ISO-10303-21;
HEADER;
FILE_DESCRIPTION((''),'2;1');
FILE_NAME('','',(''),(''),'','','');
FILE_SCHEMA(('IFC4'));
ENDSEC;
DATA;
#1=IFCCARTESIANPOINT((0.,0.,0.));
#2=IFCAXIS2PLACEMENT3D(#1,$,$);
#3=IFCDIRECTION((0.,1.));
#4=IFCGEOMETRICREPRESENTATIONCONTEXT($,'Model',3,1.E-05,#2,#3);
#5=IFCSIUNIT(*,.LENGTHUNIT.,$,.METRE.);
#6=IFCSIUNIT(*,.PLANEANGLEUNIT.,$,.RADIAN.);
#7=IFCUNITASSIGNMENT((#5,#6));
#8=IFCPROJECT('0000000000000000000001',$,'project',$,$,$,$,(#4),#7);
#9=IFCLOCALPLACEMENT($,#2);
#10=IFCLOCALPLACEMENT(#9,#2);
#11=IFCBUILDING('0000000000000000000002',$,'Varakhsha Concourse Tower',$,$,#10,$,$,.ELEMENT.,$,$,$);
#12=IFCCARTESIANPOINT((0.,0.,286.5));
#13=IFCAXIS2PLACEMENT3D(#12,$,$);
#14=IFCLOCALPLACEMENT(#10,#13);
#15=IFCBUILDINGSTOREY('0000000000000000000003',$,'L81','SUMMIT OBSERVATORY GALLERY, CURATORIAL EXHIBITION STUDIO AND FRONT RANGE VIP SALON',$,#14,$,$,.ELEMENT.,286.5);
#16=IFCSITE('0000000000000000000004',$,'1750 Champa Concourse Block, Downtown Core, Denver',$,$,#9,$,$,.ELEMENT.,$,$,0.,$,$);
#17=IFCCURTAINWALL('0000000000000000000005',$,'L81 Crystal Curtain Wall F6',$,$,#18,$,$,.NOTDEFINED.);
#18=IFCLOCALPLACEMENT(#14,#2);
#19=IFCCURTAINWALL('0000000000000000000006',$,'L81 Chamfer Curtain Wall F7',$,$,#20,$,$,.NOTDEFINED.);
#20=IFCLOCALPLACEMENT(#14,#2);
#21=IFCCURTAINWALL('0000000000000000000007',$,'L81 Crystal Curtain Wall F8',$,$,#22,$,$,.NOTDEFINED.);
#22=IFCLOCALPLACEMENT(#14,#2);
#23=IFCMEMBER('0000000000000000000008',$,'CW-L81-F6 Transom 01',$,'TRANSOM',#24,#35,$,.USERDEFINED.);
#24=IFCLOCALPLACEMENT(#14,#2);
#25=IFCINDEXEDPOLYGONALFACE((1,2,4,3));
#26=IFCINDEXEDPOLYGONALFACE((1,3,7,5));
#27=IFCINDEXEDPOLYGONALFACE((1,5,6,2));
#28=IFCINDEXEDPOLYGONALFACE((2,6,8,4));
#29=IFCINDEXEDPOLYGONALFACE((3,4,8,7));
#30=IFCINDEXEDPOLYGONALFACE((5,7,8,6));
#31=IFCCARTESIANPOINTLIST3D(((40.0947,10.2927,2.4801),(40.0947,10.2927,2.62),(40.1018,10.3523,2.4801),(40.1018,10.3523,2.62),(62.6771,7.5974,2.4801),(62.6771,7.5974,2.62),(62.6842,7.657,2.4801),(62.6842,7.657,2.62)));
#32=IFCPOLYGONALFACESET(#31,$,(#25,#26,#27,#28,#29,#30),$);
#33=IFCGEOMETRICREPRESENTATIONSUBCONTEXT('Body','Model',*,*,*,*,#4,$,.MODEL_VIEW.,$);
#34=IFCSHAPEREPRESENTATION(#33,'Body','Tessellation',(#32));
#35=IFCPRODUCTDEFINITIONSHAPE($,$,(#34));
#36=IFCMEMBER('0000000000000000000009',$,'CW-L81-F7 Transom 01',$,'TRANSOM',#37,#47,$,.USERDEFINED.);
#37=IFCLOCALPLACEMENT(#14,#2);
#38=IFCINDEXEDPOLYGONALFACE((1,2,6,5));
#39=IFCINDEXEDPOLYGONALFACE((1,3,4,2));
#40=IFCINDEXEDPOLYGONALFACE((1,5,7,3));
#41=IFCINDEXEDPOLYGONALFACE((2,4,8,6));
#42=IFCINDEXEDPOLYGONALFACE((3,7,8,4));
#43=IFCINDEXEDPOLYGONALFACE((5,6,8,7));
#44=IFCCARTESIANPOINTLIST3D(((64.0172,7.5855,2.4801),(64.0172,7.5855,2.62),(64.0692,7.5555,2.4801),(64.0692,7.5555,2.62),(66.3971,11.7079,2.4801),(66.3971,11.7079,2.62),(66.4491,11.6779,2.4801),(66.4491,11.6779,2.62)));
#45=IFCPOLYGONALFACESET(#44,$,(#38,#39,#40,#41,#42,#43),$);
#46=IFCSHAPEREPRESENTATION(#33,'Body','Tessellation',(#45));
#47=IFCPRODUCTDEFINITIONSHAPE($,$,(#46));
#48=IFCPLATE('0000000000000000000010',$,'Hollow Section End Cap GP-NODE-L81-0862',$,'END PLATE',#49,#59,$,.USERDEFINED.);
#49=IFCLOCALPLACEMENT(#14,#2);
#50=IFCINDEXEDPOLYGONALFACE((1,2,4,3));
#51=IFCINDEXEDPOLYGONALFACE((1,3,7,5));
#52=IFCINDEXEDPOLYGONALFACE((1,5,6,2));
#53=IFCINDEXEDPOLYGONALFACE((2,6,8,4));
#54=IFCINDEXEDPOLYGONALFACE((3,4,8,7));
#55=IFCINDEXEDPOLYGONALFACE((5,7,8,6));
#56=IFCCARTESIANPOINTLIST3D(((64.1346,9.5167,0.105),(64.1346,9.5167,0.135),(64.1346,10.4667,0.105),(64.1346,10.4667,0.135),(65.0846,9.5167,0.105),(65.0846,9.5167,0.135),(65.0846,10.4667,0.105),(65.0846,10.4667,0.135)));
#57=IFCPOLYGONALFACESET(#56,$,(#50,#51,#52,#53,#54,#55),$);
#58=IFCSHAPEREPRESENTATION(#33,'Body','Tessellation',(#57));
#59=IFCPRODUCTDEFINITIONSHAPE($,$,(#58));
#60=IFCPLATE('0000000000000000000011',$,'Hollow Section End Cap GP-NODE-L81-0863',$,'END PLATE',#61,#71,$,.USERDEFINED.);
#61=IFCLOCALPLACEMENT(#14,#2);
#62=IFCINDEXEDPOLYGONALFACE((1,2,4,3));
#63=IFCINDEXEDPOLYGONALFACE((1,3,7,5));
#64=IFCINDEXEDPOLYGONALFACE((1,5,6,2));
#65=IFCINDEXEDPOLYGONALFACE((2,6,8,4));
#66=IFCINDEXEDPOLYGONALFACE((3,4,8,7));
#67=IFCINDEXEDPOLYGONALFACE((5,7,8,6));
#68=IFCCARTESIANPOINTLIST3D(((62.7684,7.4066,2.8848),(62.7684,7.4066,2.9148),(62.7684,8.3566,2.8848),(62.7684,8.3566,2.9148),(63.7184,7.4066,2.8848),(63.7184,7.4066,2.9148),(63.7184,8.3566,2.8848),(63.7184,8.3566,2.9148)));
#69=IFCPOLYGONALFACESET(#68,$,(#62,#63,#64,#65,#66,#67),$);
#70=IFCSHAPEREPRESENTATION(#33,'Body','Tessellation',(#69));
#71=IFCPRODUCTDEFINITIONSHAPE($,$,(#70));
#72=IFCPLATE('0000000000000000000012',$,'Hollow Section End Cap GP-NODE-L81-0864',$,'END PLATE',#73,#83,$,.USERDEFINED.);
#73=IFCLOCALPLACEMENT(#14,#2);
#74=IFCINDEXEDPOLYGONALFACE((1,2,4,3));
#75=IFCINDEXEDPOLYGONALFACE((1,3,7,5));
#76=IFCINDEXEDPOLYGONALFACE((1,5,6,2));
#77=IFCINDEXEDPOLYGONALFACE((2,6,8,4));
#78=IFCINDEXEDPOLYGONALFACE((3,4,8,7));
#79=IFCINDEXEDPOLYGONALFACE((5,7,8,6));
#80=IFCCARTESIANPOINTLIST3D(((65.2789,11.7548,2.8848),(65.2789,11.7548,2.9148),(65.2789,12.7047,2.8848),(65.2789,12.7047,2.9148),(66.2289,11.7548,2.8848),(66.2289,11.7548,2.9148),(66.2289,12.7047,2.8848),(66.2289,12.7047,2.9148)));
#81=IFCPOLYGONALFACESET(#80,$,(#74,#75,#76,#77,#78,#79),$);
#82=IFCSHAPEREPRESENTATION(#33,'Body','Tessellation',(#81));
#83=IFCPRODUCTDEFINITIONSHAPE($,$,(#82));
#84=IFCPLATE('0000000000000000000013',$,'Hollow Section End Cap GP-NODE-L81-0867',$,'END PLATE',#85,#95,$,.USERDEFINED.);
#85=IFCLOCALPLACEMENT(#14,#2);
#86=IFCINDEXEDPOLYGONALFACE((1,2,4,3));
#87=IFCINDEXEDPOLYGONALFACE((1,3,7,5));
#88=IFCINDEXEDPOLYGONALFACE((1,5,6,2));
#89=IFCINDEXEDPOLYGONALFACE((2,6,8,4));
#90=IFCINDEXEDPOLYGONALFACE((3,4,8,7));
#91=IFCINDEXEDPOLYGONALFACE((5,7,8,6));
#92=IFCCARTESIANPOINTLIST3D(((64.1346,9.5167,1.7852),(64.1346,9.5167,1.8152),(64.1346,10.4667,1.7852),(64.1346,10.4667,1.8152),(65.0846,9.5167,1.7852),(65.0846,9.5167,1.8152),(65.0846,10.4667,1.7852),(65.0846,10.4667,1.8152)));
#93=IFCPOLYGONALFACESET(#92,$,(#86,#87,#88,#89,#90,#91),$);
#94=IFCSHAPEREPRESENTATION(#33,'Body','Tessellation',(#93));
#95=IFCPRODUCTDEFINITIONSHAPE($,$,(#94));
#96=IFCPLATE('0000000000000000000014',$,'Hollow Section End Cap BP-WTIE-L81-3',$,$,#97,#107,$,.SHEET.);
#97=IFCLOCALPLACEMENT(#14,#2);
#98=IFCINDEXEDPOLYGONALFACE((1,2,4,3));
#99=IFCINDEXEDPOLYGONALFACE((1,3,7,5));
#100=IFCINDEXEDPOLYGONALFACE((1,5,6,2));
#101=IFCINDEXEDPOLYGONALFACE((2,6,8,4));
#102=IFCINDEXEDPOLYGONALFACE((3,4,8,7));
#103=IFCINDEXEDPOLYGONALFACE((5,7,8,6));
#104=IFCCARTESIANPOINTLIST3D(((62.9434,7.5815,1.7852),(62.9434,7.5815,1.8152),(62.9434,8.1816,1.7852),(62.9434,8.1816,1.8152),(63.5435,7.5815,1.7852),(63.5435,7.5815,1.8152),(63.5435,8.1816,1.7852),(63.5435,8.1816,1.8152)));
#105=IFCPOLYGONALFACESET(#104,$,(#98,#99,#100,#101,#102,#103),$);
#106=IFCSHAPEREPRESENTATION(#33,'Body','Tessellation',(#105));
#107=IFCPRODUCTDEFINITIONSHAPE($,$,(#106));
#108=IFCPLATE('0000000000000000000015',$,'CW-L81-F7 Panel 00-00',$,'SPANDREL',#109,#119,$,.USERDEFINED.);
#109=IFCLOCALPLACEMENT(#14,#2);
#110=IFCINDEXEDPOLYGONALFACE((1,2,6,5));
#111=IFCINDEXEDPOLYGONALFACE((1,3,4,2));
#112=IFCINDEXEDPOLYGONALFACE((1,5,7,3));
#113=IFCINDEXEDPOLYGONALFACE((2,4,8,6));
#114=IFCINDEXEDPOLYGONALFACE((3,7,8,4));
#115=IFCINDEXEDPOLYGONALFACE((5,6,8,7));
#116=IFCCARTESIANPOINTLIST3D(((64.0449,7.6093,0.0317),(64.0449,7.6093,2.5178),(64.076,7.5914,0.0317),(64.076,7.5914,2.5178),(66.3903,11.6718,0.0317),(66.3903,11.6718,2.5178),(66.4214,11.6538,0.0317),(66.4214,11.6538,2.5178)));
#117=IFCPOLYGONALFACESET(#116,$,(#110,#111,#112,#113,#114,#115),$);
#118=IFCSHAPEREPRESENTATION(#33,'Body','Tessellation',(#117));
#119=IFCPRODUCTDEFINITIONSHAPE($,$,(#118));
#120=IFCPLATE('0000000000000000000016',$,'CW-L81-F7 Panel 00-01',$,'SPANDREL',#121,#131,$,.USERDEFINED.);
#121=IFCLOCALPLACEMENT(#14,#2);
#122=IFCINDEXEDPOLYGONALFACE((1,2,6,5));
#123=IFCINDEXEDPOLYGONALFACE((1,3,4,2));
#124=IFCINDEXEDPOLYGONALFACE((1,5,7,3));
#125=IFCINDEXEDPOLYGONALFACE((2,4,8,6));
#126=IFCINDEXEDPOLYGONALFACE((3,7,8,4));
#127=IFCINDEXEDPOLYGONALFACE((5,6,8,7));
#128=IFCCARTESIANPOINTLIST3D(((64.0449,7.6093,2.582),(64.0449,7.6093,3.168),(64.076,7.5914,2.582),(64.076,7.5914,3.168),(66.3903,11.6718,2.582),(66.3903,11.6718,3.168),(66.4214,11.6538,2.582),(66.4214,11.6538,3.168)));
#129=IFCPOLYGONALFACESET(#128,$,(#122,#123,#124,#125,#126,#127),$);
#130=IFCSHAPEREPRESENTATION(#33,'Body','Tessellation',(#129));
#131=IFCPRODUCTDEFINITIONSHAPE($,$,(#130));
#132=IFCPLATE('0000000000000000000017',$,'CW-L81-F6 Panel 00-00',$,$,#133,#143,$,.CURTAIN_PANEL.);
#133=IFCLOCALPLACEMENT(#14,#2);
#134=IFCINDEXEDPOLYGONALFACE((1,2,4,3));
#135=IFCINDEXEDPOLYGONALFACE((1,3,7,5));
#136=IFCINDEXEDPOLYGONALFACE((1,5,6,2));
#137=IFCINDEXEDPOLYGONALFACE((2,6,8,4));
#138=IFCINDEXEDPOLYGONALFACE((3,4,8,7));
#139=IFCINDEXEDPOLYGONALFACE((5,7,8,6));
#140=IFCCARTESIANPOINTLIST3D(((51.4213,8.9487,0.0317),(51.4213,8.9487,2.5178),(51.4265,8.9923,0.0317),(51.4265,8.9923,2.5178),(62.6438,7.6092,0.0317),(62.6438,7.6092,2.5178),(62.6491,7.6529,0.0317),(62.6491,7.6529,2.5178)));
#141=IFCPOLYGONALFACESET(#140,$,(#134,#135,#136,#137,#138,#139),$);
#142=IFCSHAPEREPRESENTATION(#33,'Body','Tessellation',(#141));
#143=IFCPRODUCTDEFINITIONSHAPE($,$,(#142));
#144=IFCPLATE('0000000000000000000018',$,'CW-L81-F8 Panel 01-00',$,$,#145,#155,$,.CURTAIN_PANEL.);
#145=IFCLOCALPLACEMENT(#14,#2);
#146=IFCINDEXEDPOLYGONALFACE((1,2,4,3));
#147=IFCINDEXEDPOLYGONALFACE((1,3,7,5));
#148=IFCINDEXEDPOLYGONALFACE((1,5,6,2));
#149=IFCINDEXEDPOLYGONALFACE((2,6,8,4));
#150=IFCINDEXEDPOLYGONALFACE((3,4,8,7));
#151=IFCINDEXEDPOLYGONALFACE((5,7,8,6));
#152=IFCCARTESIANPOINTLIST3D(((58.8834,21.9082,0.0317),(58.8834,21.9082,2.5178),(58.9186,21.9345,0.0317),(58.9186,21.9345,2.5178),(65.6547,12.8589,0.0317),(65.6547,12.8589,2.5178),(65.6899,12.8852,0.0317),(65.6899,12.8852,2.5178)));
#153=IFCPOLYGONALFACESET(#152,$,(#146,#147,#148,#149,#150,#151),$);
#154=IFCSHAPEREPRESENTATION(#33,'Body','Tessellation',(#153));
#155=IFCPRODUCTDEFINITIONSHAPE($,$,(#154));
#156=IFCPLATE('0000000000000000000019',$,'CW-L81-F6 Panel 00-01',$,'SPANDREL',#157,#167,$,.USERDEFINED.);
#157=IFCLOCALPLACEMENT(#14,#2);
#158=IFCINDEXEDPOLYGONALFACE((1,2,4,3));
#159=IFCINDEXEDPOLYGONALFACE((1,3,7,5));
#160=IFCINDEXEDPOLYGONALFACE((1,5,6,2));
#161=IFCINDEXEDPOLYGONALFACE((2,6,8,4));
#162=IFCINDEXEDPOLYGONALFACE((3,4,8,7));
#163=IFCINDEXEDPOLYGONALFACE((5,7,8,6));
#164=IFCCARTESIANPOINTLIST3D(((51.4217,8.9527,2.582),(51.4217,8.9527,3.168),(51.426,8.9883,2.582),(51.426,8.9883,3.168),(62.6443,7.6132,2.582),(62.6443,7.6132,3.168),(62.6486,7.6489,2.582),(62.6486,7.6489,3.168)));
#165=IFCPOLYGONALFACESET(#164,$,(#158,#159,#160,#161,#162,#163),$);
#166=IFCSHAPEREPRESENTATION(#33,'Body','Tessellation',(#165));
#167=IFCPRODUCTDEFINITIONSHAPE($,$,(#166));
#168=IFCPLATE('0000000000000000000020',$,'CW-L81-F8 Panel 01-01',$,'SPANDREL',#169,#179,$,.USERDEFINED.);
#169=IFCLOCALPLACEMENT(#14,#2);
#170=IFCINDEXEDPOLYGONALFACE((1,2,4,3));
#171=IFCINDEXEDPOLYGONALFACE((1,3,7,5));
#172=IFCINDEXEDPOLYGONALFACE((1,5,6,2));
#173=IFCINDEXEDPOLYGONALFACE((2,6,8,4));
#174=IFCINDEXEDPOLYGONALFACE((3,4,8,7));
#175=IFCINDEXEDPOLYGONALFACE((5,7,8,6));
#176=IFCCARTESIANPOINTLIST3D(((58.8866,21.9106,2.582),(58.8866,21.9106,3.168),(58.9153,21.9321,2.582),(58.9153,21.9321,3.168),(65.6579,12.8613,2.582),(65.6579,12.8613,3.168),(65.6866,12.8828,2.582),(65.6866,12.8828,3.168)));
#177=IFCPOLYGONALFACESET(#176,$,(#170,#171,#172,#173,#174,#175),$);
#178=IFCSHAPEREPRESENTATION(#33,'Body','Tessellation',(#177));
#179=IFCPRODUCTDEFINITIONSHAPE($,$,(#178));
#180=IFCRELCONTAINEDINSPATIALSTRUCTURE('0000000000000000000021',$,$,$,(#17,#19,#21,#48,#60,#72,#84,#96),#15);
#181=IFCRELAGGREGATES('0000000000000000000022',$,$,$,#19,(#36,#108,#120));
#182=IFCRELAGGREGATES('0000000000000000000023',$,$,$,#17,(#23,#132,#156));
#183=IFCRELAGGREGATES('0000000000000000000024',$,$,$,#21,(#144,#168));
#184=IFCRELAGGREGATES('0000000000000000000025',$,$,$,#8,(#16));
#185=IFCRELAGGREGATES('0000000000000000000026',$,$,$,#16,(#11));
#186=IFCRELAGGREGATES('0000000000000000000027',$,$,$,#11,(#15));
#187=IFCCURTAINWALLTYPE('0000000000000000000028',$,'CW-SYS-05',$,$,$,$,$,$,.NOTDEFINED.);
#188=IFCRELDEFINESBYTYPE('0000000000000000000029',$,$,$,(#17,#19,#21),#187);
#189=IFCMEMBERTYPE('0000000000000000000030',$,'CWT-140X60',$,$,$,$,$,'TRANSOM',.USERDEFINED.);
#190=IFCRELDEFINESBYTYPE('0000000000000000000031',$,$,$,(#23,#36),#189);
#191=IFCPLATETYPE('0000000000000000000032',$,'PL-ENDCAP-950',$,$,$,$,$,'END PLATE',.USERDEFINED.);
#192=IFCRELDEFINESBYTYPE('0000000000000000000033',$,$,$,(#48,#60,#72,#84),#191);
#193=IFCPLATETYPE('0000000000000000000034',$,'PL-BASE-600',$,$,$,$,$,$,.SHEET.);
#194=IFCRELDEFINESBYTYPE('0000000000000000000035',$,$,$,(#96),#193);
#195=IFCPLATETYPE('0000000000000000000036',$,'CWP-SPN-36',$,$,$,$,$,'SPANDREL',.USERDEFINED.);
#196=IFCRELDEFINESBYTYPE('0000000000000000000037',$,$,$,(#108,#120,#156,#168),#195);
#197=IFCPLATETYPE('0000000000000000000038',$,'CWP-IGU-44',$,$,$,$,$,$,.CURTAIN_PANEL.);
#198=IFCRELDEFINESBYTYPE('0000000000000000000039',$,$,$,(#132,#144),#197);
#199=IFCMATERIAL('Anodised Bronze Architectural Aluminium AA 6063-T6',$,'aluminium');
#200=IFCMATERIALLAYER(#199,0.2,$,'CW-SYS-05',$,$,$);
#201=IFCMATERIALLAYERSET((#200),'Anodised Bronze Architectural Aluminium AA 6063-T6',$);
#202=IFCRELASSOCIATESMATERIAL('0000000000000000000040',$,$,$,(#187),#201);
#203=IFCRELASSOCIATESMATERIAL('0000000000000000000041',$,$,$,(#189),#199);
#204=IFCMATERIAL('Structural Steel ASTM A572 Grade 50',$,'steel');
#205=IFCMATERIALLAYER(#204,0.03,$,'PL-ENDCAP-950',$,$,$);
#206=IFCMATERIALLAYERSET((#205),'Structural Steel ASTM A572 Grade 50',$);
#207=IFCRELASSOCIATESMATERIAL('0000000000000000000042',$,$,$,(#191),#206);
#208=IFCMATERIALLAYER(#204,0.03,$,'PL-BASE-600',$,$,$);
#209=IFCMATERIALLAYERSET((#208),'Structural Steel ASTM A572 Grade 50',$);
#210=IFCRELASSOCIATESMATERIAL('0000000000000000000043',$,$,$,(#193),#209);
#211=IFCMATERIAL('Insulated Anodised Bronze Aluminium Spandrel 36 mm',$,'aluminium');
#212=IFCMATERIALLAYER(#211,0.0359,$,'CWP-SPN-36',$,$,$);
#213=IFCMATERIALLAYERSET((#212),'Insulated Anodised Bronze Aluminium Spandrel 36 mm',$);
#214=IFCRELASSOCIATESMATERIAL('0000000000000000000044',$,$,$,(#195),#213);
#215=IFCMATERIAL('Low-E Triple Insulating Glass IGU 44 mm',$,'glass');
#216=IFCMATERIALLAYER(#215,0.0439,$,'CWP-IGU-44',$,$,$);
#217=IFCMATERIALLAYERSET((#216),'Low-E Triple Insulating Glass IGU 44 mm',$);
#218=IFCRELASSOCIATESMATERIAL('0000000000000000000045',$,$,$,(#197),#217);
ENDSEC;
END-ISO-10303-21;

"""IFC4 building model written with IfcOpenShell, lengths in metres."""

from ifc_helpers import new_model, si_unit, direction, frame, origin, origin_2d, place, context, subcontext, project, spatial, rectangle, extrude, source, transform, mapped, material, layer, layer_set, material_profile, profile_set, type_object, type_shapes, element, aggregate, save


model = new_model("IFC4")

# Units and contexts
model_context = context("Model", 3, precision=1e-05, world=origin(), true_north=direction((0.0, 1.0)))
body_context = subcontext(model_context, "Body", "Model", "MODEL_VIEW")
ifc_project = project(units=[si_unit("LENGTHUNIT", "METRE"), si_unit("PLANEANGLEUNIT", "RADIAN")], contexts=[model_context])

# Site, building, storey
site_placement = place(None, origin())
site = spatial("IfcSite", under=ifc_project, at=site_placement, Name="1750 Champa Concourse Block, Downtown Core, Denver", CompositionType="ELEMENT", RefElevation=0.0)
building_placement = place(site_placement, origin())
building = spatial("IfcBuilding", under=site, at=building_placement, Name="Varakhsha Concourse Tower", CompositionType="ELEMENT")
storey_placement = place(building_placement, frame((0.0, 0.0, 286.5)))
storey = spatial("IfcBuildingStorey", under=building, at=storey_placement, Name="L81", Description="SUMMIT OBSERVATORY GALLERY, CURATORIAL EXHIBITION STUDIO AND FRONT RANGE VIP SALON", CompositionType="ELEMENT", Elevation=286.5)

# Shared definitions
ifc_material_1 = material(Name="Structural Steel ASTM A572 Grade 50", Category="steel")

# Curtain wall
ifc_material_2 = material(Name="Anodised Bronze Architectural Aluminium AA 6063-T6", Category="aluminium")
ifc_layer_1 = layer(ifc_material_2, 0.2, Name="CW-SYS-05")
ifc_layer_set_1 = layer_set([ifc_layer_1], Name="Anodised Bronze Architectural Aluminium AA 6063-T6")
curtain_wall_type = type_object("IfcCurtainWallType", Name="CW-SYS-05", PredefinedType="NOTDEFINED", material=ifc_layer_set_1)
curtain_wall_1_placement = place(storey_placement, origin())
curtain_wall_1 = element("IfcCurtainWall", 1, at=curtain_wall_1_placement, inside=storey, type_object=curtain_wall_type, Name="L81 Crystal Curtain Wall F6", PredefinedType="NOTDEFINED")

# Curtain wall
curtain_wall_2_placement = place(storey_placement, origin())
curtain_wall_2 = element("IfcCurtainWall", 2, at=curtain_wall_2_placement, inside=storey, type_object=curtain_wall_type, Name="L81 Chamfer Curtain Wall F7", PredefinedType="NOTDEFINED")

# Curtain wall
curtain_wall_3_placement = place(storey_placement, origin())
curtain_wall_3 = element("IfcCurtainWall", 3, at=curtain_wall_3_placement, inside=storey, type_object=curtain_wall_type, Name="L81 Crystal Curtain Wall F8", PredefinedType="NOTDEFINED")

# Members
ifc_material_profile_1 = material_profile(ifc_material_2, rectangle(XDim=0.0601, YDim=0.1399, at=origin_2d()), Name="CWT-140X60")
ifc_profile_set_1 = profile_set([ifc_material_profile_1], Name="Anodised Bronze Architectural Aluminium AA 6063-T6")
member_type_1 = type_object("IfcMemberType", Name="CWT-140X60", ElementType="TRANSOM", PredefinedType="USERDEFINED", material=ifc_profile_set_1)
shared_shape_1 = source(origin(), body_context, "Body", "SweptSolid", [
    extrude(rectangle(XDim=0.0601, YDim=0.1399, at=origin_2d()), origin(), (0.0, 0.0, 1.0), 22.7427),
])
member_1_placement = place(storey_placement, frame((62.6807, 7.6272, 2.55), z_axis=(-0.992952, 0.118514, 0.0), x_axis=(-0.118514, -0.992952, 0.0)))
member_1 = element("IfcMember", 4, at=member_1_placement, type_object=member_type_1, Name="CW-L81-F6 Transom 01", ObjectType="TRANSOM", PredefinedType="USERDEFINED", context=body_context, shape_type="MappedRepresentation", body=[
    mapped(shared_shape_1, transform((0.0, 0.0, 0.0), scale=1.0)),
])
shared_shape_2 = source(origin(), body_context, "Body", "SweptSolid", [
    extrude(rectangle(XDim=0.0601, YDim=0.1399, at=origin_2d()), origin(), (0.0, 0.0, 1.0), 4.76),
])
type_shapes(member_type_1, [shared_shape_1, shared_shape_2])
member_2_placement = place(storey_placement, frame((66.4231, 11.6929, 2.55), z_axis=(-0.499978, -0.866038, 0.0), x_axis=(0.866038, -0.499978, 0.0)))
member_2 = element("IfcMember", 5, at=member_2_placement, type_object=member_type_1, Name="CW-L81-F7 Transom 01", ObjectType="TRANSOM", PredefinedType="USERDEFINED", context=body_context, shape_type="MappedRepresentation", body=[
    mapped(shared_shape_2, transform((0.0, 0.0, 0.0), scale=1.0)),
])

# Plates
ifc_layer_2 = layer(ifc_material_1, 0.03, Name="PL-ENDCAP-950")
ifc_layer_set_2 = layer_set([ifc_layer_2], Name="Structural Steel ASTM A572 Grade 50")
plate_type_1 = type_object("IfcPlateType", Name="PL-ENDCAP-950", ElementType="END PLATE", PredefinedType="USERDEFINED", material=ifc_layer_set_2)
shared_shape_3 = source(origin(), body_context, "Body", "SweptSolid", [
    extrude(rectangle(XDim=0.95, YDim=0.95, at=origin_2d()), origin(), (0.0, 0.0, 1.0), 0.03),
])
type_shapes(plate_type_1, [shared_shape_3])
for number, where, z_axis, x_axis, name in (
    (6, (64.6096, 9.9917, 0.105), (0.0, 0.0, 1.0), (1.0, 0.0, 0.0), "Hollow Section End Cap GP-NODE-L81-0862"),
    (7, (63.2434, 7.8816, 2.8848), (0.0, 0.0, 1.0), (1.0, 0.0, 0.0), "Hollow Section End Cap GP-NODE-L81-0863"),
    (8, (65.7539, 12.2297, 2.8848), (0.0, 0.0, 1.0), (1.0, 0.0, 0.0), "Hollow Section End Cap GP-NODE-L81-0864"),
    (9, (64.6096, 9.9917, 1.7852), (0.0, 0.0, 1.0), (1.0, 0.0, 0.0), "Hollow Section End Cap GP-NODE-L81-0867"),
):
    element("IfcPlate", number, at=place(storey_placement, frame(where, z_axis=z_axis, x_axis=x_axis)), inside=storey, type_object=plate_type_1, Name=name, ObjectType="END PLATE", PredefinedType="USERDEFINED", context=body_context, shape_type="MappedRepresentation", body=[
        mapped(shared_shape_3, transform((0.0, 0.0, 0.0), scale=1.0)),
    ])
ifc_layer_3 = layer(ifc_material_1, 0.03, Name="PL-BASE-600")
ifc_layer_set_3 = layer_set([ifc_layer_3], Name="Structural Steel ASTM A572 Grade 50")
plate_type_2 = type_object("IfcPlateType", Name="PL-BASE-600", PredefinedType="SHEET", material=ifc_layer_set_3)
shared_shape_4 = source(origin(), body_context, "Body", "SweptSolid", [
    extrude(rectangle(XDim=0.6001, YDim=0.6001, at=origin_2d()), origin(), (0.0, 0.0, 1.0), 0.03),
])
type_shapes(plate_type_2, [shared_shape_4])
plate_1_placement = place(storey_placement, frame((63.2434, 7.8816, 1.7852), z_axis=(0.0, 0.0, 1.0), x_axis=(1.0, 0.0, 0.0)))
element("IfcPlate", 10, at=plate_1_placement, inside=storey, type_object=plate_type_2, Name="Hollow Section End Cap BP-WTIE-L81-3", PredefinedType="SHEET", context=body_context, shape_type="MappedRepresentation", body=[
    mapped(shared_shape_4, transform((0.0, 0.0, 0.0), scale=1.0)),
])

# Plates
ifc_material_3 = material(Name="Insulated Anodised Bronze Aluminium Spandrel 36 mm", Category="aluminium")
ifc_layer_4 = layer(ifc_material_3, 0.0359, Name="CWP-SPN-36")
ifc_layer_set_4 = layer_set([ifc_layer_4], Name="Insulated Anodised Bronze Aluminium Spandrel 36 mm")
plate_type_3 = type_object("IfcPlateType", Name="CWP-SPN-36", ElementType="SPANDREL", PredefinedType="USERDEFINED", material=ifc_layer_set_4)
shared_shape_5 = source(origin(), body_context, "Body", "SweptSolid", [
    extrude(rectangle(XDim=4.6909, YDim=0.0359, at=origin_2d()), origin(), (0.0, 0.0, 1.0), 2.4861),
])
plate_2_placement = place(storey_placement, frame((65.2332, 9.6316, 0.0317), z_axis=(0.0, 0.0, 1.0), x_axis=(-0.499998, -0.866026, 0.0)))
plate_2 = element("IfcPlate", 11, at=plate_2_placement, type_object=plate_type_3, Name="CW-L81-F7 Panel 00-00", ObjectType="SPANDREL", PredefinedType="USERDEFINED", context=body_context, shape_type="MappedRepresentation", body=[
    mapped(shared_shape_5, transform((0.0, 0.0, 0.0), scale=1.0)),
])
shared_shape_6 = source(origin(), body_context, "Body", "SweptSolid", [
    extrude(rectangle(XDim=4.6909, YDim=0.0359, at=origin_2d()), origin(), (0.0, 0.0, 1.0), 0.5859),
])
plate_3_placement = place(storey_placement, frame((65.2332, 9.6316, 2.582), z_axis=(0.0, 0.0, 1.0), x_axis=(-0.499998, -0.866026, 0.0)))
plate_3 = element("IfcPlate", 12, at=plate_3_placement, type_object=plate_type_3, Name="CW-L81-F7 Panel 00-01", ObjectType="SPANDREL", PredefinedType="USERDEFINED", context=body_context, shape_type="MappedRepresentation", body=[
    mapped(shared_shape_6, transform((0.0, 0.0, 0.0), scale=1.0)),
])
aggregate(curtain_wall_2, [member_2, plate_2, plate_3])
ifc_material_4 = material(Name="Low-E Triple Insulating Glass IGU 44 mm", Category="glass")
ifc_layer_5 = layer(ifc_material_4, 0.0439, Name="CWP-IGU-44")
ifc_layer_set_5 = layer_set([ifc_layer_5], Name="Low-E Triple Insulating Glass IGU 44 mm")
plate_type_4 = type_object("IfcPlateType", Name="CWP-IGU-44", PredefinedType="CURTAIN_PANEL", material=ifc_layer_set_5)
shared_shape_7 = source(origin(), body_context, "Body", "SweptSolid", [
    extrude(rectangle(XDim=11.3022, YDim=0.0439, at=origin_2d()), origin(), (0.0, 0.0, 1.0), 2.4861),
])
type_shapes(plate_type_4, [shared_shape_7])
plate_4_placement = place(storey_placement, frame((57.0352, 8.3008, 0.0317), z_axis=(0.0, 0.0, 1.0), x_axis=(-0.992952, 0.118513, 0.0)))
plate_4 = element("IfcPlate", 13, at=plate_4_placement, type_object=plate_type_4, Name="CW-L81-F6 Panel 00-00", PredefinedType="CURTAIN_PANEL", context=body_context, shape_type="MappedRepresentation", body=[
    mapped(shared_shape_7, transform((0.0, 0.0, 0.0), scale=1.0)),
])
plate_5_placement = place(storey_placement, frame((62.2866, 17.3967, 0.0317), z_axis=(0.0, 0.0, 1.0), x_axis=(0.599113, -0.800664, 0.0)))
plate_5 = element("IfcPlate", 14, at=plate_5_placement, type_object=plate_type_4, Name="CW-L81-F8 Panel 01-00", PredefinedType="CURTAIN_PANEL", context=body_context, shape_type="MappedRepresentation", body=[
    mapped(shared_shape_7, transform((0.0, 0.0, 0.0), scale=1.0)),
])
shared_shape_8 = source(origin(), body_context, "Body", "SweptSolid", [
    extrude(rectangle(XDim=11.3022, YDim=0.0359, at=origin_2d()), origin(), (0.0, 0.0, 1.0), 0.5859),
])
type_shapes(plate_type_3, [shared_shape_5, shared_shape_6, shared_shape_8])
plate_6_placement = place(storey_placement, frame((57.0352, 8.3008, 2.582), z_axis=(0.0, 0.0, 1.0), x_axis=(-0.992952, 0.118513, 0.0)))
plate_6 = element("IfcPlate", 15, at=plate_6_placement, type_object=plate_type_3, Name="CW-L81-F6 Panel 00-01", ObjectType="SPANDREL", PredefinedType="USERDEFINED", context=body_context, shape_type="MappedRepresentation", body=[
    mapped(shared_shape_8, transform((0.0, 0.0, 0.0), scale=1.0)),
])
aggregate(curtain_wall_1, [member_1, plate_4, plate_6])
plate_7_placement = place(storey_placement, frame((62.2866, 17.3967, 2.582), z_axis=(0.0, 0.0, 1.0), x_axis=(0.599113, -0.800664, 0.0)))
plate_7 = element("IfcPlate", 16, at=plate_7_placement, type_object=plate_type_3, Name="CW-L81-F8 Panel 01-01", ObjectType="SPANDREL", PredefinedType="USERDEFINED", context=body_context, shape_type="MappedRepresentation", body=[
    mapped(shared_shape_8, transform((0.0, 0.0, 0.0), scale=1.0)),
])
aggregate(curtain_wall_3, [plate_5, plate_7])

save(model, "model.ifc")
